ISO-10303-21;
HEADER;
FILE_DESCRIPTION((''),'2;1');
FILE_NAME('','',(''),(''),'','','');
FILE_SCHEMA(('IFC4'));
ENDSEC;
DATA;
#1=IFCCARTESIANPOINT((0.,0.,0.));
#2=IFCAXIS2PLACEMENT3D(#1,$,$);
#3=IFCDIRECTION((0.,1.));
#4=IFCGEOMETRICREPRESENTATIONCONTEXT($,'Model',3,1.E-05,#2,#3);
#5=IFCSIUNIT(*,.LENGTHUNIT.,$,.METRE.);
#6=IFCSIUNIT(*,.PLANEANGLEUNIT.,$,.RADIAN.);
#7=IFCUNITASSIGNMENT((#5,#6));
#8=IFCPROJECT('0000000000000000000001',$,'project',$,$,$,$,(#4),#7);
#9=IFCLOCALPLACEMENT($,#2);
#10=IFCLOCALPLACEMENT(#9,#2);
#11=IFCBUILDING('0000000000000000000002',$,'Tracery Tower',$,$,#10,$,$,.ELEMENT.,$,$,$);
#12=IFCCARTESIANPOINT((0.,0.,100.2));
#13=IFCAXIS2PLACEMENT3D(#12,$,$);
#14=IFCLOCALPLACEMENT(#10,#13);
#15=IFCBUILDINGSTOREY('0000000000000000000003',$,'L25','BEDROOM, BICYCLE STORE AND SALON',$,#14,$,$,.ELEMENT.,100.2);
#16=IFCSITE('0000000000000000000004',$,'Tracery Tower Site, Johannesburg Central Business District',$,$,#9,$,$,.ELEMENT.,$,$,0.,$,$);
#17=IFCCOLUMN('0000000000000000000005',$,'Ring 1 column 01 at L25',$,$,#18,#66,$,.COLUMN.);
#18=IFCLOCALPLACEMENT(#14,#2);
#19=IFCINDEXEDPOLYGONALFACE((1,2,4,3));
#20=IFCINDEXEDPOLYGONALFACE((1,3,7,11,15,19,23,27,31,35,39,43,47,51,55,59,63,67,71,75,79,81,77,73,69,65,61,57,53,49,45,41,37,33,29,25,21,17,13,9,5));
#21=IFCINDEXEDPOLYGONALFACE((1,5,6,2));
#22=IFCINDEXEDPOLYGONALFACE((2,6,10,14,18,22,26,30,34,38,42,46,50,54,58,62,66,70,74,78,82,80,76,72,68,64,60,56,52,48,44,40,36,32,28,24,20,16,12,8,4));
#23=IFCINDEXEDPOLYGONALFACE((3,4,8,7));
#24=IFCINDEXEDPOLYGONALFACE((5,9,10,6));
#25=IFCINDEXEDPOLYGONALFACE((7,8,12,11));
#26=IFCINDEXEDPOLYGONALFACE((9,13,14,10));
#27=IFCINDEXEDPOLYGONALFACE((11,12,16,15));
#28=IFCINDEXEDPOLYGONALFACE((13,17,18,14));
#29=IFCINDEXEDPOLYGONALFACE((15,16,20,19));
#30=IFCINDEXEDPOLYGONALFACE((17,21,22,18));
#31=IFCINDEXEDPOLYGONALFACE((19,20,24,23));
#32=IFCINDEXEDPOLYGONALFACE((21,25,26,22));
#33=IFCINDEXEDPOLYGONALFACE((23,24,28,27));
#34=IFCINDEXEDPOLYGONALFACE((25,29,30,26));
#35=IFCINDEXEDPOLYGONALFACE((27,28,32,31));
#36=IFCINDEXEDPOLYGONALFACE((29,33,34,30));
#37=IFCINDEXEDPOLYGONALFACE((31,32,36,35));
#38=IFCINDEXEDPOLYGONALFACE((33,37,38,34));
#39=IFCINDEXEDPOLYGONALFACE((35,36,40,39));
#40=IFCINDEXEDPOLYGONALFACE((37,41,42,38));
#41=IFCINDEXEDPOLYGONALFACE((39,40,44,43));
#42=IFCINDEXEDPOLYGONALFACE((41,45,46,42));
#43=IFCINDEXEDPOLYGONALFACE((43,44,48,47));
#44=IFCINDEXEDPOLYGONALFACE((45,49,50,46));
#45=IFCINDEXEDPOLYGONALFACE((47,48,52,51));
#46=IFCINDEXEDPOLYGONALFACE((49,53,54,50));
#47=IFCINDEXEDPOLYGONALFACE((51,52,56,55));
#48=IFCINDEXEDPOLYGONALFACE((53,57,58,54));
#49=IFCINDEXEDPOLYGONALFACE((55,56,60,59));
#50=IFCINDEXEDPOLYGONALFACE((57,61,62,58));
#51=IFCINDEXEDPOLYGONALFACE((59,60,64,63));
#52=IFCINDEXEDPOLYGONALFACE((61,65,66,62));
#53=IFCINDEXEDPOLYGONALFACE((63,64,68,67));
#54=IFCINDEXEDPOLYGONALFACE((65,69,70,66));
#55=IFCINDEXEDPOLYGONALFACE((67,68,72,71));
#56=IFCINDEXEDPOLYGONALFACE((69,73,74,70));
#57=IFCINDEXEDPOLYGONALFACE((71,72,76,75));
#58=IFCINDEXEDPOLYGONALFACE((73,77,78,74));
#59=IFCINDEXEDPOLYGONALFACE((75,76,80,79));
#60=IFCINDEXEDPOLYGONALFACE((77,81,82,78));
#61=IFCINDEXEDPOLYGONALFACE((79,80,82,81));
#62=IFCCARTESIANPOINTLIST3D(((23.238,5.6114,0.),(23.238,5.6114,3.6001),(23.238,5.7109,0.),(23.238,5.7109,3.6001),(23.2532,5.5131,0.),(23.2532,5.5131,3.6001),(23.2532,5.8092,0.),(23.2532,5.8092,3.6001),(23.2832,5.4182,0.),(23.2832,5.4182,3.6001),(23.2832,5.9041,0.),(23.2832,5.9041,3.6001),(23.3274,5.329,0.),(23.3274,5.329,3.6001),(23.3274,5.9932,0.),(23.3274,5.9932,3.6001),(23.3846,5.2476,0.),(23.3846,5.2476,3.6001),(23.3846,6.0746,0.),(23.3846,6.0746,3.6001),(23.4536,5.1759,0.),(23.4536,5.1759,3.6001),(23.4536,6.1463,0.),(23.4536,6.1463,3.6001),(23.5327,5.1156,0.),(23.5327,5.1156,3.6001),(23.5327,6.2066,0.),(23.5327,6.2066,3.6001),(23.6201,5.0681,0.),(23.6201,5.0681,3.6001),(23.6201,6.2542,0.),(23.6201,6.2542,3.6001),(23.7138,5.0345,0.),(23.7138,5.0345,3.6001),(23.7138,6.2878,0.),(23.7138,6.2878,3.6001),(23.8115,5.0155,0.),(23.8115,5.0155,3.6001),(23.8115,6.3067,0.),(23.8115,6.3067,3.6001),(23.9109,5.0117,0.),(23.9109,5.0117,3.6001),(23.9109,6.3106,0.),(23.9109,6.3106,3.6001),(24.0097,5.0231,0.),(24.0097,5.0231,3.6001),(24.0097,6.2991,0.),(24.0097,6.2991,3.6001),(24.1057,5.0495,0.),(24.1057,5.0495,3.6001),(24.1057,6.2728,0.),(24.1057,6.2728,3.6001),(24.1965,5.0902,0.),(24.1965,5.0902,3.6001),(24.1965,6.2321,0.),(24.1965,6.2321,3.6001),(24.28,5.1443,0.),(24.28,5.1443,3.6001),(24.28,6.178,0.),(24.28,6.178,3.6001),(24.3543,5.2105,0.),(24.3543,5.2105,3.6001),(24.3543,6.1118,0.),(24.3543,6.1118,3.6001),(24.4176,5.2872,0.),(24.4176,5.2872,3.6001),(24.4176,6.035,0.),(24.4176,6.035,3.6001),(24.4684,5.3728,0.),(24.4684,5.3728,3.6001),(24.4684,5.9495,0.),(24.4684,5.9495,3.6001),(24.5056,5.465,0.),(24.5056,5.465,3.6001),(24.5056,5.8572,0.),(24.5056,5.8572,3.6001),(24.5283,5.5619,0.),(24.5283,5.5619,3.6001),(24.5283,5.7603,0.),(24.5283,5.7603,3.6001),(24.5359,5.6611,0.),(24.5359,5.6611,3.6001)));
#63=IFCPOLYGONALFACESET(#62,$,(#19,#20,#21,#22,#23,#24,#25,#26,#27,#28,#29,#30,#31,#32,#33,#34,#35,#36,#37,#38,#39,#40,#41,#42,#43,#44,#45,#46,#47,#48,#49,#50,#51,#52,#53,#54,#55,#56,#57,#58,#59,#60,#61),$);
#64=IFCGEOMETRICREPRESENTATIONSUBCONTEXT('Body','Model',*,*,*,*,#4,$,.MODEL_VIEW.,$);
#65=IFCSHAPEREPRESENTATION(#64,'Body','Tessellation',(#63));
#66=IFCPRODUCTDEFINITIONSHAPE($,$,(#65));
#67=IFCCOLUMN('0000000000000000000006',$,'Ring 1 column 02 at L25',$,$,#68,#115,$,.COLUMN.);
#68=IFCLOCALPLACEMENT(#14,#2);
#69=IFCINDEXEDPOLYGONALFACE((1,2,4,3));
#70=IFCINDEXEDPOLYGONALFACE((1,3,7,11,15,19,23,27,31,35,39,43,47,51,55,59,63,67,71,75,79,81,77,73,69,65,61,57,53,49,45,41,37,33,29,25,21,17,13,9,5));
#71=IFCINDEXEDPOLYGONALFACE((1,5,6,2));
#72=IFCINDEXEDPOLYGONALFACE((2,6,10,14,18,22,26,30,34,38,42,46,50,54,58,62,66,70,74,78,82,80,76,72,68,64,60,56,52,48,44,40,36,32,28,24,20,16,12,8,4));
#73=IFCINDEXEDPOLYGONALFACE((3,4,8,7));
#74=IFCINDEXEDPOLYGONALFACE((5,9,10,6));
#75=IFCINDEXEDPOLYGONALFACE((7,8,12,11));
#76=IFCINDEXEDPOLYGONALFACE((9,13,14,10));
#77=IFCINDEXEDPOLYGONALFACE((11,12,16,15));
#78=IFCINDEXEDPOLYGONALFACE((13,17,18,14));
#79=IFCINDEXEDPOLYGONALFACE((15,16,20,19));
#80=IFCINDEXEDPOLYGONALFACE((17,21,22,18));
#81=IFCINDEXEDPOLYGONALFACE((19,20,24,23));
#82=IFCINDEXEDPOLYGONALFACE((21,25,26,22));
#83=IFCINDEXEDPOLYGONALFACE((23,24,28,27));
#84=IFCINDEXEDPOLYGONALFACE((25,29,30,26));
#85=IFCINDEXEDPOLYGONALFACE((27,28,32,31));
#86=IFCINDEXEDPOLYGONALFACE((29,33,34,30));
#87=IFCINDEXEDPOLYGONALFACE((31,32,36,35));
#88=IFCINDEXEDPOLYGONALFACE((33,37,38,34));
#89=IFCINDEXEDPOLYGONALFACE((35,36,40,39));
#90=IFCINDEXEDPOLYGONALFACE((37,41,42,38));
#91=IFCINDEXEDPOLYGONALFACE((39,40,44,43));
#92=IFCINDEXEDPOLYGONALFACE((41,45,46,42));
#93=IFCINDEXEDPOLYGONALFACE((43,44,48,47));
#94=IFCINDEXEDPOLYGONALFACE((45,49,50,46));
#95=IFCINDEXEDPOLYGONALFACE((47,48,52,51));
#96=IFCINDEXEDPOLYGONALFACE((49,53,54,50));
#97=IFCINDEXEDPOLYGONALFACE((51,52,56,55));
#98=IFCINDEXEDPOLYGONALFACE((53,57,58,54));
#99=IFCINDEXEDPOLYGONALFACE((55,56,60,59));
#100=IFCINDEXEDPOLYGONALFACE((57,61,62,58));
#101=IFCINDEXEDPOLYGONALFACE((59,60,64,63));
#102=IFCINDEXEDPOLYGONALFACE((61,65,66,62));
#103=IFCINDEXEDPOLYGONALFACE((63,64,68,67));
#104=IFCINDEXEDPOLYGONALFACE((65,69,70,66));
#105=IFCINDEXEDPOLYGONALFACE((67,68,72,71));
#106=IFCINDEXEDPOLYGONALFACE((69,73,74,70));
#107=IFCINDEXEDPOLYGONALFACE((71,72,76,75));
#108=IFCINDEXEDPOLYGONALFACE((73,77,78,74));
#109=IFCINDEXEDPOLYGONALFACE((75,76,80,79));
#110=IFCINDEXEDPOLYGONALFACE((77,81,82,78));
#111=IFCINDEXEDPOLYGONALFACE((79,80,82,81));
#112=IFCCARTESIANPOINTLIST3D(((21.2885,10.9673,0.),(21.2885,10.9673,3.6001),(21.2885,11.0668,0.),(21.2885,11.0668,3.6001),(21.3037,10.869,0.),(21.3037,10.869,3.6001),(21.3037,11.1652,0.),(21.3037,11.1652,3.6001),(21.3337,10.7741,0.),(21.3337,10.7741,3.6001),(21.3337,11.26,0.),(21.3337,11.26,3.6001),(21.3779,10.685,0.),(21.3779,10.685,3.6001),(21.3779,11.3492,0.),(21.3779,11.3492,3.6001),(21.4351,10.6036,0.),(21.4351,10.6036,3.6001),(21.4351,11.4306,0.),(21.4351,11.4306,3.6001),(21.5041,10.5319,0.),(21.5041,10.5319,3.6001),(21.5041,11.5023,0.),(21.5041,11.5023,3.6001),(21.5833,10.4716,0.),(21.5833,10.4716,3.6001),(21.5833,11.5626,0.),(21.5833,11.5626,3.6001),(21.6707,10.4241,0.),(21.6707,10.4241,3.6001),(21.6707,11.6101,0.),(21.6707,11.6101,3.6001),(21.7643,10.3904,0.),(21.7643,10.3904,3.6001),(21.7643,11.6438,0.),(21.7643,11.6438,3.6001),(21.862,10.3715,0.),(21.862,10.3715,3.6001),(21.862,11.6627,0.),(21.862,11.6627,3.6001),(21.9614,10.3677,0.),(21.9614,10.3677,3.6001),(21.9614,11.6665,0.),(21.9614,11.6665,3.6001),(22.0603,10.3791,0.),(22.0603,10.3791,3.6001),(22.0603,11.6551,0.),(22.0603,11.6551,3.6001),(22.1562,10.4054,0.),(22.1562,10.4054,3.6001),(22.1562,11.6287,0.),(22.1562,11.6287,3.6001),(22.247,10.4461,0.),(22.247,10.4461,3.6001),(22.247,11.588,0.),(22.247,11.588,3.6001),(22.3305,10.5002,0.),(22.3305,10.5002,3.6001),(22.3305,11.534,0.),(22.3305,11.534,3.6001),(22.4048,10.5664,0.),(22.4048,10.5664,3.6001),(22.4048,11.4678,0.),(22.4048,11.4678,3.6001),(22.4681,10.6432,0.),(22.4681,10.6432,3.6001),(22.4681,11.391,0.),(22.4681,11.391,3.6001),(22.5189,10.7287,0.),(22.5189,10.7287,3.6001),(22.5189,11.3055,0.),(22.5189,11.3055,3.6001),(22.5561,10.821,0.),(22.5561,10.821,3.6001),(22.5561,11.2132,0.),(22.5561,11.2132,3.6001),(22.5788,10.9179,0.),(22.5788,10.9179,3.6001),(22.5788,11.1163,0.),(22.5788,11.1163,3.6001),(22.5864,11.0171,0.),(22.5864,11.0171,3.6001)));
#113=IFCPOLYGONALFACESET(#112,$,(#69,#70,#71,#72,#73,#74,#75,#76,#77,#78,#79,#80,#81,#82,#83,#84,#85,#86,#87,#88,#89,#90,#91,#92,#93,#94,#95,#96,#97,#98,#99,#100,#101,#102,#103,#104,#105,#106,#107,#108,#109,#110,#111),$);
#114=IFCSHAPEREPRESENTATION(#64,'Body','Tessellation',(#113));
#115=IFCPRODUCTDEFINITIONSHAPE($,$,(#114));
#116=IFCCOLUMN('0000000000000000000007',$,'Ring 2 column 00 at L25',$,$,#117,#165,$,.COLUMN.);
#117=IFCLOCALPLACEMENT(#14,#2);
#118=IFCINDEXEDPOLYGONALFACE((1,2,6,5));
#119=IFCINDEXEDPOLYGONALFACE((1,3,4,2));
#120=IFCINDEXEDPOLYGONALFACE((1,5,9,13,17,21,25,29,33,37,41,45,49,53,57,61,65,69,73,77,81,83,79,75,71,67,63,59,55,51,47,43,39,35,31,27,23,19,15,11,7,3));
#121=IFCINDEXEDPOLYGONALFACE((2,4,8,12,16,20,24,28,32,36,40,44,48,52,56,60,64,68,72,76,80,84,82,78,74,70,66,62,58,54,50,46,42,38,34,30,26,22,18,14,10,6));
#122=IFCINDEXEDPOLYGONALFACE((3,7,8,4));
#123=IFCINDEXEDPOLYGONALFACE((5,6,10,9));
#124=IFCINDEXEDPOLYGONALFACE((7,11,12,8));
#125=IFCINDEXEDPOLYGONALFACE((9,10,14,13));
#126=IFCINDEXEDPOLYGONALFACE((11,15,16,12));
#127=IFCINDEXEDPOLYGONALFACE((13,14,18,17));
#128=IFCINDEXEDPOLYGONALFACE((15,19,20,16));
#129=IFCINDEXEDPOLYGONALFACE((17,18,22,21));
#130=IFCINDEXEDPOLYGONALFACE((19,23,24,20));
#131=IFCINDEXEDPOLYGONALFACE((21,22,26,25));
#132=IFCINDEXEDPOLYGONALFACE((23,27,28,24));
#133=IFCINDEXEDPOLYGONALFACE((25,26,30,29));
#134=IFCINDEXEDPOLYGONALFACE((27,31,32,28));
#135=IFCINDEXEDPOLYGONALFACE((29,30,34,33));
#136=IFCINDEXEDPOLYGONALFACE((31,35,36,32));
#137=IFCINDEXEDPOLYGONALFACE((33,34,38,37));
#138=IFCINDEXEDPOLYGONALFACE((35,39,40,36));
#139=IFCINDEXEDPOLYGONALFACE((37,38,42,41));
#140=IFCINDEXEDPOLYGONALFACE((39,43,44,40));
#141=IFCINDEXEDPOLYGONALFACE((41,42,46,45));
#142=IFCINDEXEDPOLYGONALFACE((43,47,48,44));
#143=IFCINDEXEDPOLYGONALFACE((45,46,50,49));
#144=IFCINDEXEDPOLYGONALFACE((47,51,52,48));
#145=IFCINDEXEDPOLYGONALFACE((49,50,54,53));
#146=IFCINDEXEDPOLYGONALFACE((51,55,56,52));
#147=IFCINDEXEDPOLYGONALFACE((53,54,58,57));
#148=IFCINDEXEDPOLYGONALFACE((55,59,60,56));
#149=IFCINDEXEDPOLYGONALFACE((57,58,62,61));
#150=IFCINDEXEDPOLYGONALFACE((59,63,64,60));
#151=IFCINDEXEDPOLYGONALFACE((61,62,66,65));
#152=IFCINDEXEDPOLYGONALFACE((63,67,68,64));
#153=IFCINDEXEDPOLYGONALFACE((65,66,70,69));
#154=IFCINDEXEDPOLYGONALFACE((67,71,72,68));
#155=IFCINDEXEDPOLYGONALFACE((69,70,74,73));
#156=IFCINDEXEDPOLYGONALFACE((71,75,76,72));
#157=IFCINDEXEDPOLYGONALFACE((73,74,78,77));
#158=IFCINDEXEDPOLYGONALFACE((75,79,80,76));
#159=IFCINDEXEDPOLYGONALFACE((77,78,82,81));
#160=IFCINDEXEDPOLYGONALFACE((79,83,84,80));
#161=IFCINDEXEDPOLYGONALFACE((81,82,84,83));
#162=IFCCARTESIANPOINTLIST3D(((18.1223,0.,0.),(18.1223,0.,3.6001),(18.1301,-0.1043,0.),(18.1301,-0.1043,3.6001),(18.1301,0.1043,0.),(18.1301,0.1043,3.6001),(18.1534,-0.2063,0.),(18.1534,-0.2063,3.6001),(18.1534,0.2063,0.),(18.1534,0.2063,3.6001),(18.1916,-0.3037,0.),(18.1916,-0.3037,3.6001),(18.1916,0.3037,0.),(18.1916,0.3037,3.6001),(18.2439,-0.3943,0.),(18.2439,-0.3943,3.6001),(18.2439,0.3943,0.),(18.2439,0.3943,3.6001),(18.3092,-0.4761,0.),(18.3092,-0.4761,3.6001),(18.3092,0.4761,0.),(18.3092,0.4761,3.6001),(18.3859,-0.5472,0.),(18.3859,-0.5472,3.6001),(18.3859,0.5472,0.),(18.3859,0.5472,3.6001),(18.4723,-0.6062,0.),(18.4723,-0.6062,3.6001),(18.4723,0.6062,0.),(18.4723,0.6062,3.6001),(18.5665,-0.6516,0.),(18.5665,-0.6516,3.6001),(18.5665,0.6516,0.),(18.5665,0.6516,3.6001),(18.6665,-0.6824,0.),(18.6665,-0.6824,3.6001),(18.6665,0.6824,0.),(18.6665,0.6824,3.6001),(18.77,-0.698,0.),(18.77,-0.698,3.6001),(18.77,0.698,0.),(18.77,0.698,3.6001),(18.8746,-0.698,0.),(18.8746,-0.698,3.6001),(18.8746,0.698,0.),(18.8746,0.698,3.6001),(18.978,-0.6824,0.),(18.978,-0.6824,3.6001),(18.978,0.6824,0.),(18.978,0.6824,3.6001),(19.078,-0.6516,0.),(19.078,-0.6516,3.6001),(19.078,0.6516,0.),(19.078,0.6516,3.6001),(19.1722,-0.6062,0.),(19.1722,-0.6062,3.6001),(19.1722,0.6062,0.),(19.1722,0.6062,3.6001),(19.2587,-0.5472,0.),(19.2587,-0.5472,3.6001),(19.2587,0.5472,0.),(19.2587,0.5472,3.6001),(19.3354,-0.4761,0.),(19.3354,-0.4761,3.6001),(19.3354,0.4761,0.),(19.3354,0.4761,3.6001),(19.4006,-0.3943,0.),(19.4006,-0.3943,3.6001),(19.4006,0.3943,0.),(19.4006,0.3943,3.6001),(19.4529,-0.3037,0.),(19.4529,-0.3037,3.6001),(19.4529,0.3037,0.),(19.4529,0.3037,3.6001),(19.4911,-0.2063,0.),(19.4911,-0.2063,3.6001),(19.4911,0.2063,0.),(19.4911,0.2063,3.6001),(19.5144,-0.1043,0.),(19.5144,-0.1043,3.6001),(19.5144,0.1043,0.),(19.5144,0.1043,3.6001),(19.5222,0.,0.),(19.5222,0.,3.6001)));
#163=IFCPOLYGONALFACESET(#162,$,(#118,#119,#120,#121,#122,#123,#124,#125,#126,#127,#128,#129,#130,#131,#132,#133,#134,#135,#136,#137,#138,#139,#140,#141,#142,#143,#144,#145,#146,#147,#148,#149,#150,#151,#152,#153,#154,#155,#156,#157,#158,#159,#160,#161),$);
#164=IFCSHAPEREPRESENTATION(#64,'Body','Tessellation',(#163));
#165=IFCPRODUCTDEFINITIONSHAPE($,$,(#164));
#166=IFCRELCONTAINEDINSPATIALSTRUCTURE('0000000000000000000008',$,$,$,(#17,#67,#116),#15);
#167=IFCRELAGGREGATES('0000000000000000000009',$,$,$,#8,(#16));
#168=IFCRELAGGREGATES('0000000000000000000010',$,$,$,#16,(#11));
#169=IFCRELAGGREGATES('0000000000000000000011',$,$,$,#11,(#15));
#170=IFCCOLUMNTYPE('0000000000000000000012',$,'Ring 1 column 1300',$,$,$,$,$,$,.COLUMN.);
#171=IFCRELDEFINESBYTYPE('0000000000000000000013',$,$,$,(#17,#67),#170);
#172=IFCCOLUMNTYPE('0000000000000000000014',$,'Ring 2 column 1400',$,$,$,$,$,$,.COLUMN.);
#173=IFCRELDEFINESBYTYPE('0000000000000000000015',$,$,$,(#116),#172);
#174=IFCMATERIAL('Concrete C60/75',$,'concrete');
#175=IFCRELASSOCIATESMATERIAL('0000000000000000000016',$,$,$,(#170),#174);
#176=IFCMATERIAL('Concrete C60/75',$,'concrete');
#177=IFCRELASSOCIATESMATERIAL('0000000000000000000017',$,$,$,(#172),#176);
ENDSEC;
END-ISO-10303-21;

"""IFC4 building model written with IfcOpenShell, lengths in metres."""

from ifc_helpers import new_model, si_unit, direction, frame, origin, origin_2d, place, context, subcontext, project, spatial, circle, extrude, material, material_profile, profile_set, type_object, element, save


model = new_model("IFC4")

# Units and contexts
model_context = context("Model", 3, precision=1e-05, world=origin(), true_north=direction((0.0, 1.0)))
body_context = subcontext(model_context, "Body", "Model", "MODEL_VIEW")
ifc_project = project(units=[si_unit("LENGTHUNIT", "METRE"), si_unit("PLANEANGLEUNIT", "RADIAN")], contexts=[model_context])

# Site, building, storey
site_placement = place(None, origin())
site = spatial("IfcSite", under=ifc_project, at=site_placement, Name="Tracery Tower Site, Johannesburg Central Business District", CompositionType="ELEMENT", RefElevation=0.0)
building_placement = place(site_placement, origin())
building = spatial("IfcBuilding", under=site, at=building_placement, Name="Tracery Tower", CompositionType="ELEMENT")
storey_placement = place(building_placement, frame((0.0, 0.0, 100.2)))
storey = spatial("IfcBuildingStorey", under=building, at=storey_placement, Name="L25", Description="BEDROOM, BICYCLE STORE AND SALON", CompositionType="ELEMENT", Elevation=100.2)

# Columns
ifc_material_1 = material(Name="Concrete C60/75", Category="concrete")
ifc_material_profile_1 = material_profile(ifc_material_1, circle(Radius=0.6499, at=origin_2d()), Name="RC D1300")
ifc_profile_set_1 = profile_set([ifc_material_profile_1], Name="Concrete C60/75")
column_type_1 = type_object("IfcColumnType", Name="Ring 1 column 1300", PredefinedType="COLUMN", material=ifc_profile_set_1)
for number, where, z_axis, x_axis, name in (
    (1, (23.886, 5.6611, 0.0), (0.0, 0.0, 1.0), (1.0, 0.0, 0.0), "Ring 1 column 01 at L25"),
    (2, (21.9365, 11.0171, 0.0), (0.0, 0.0, 1.0), (1.0, 0.0, 0.0), "Ring 1 column 02 at L25"),
):
    element("IfcColumn", number, at=place(storey_placement, frame(where, z_axis=z_axis, x_axis=x_axis)), inside=storey, type_object=column_type_1, Name=name, PredefinedType="COLUMN", context=body_context, shape_type="SweptSolid", body=[
        extrude(circle(Radius=0.6499, at=origin_2d()), origin(), (0.0, 0.0, 1.0), 3.6001),
    ])
ifc_material_2 = material(Name="Concrete C60/75", Category="concrete")
ifc_material_profile_2 = material_profile(ifc_material_2, circle(Radius=0.7, at=origin_2d()), Name="RC D1400")
ifc_profile_set_2 = profile_set([ifc_material_profile_2], Name="Concrete C60/75")
column_type_2 = type_object("IfcColumnType", Name="Ring 2 column 1400", PredefinedType="COLUMN", material=ifc_profile_set_2)
for number, where, z_axis, x_axis, name in (
    (3, (18.8223, 0.0, 0.0), (0.0, 0.0, 1.0), (1.0, 0.0, 0.0), "Ring 2 column 00 at L25"),
):
    element("IfcColumn", number, at=place(storey_placement, frame(where, z_axis=z_axis, x_axis=x_axis)), inside=storey, type_object=column_type_2, Name=name, PredefinedType="COLUMN", context=body_context, shape_type="SweptSolid", body=[
        extrude(circle(Radius=0.7, at=origin_2d()), origin(), (0.0, 0.0, 1.0), 3.6001),
    ])

save(model, "model.ifc")
